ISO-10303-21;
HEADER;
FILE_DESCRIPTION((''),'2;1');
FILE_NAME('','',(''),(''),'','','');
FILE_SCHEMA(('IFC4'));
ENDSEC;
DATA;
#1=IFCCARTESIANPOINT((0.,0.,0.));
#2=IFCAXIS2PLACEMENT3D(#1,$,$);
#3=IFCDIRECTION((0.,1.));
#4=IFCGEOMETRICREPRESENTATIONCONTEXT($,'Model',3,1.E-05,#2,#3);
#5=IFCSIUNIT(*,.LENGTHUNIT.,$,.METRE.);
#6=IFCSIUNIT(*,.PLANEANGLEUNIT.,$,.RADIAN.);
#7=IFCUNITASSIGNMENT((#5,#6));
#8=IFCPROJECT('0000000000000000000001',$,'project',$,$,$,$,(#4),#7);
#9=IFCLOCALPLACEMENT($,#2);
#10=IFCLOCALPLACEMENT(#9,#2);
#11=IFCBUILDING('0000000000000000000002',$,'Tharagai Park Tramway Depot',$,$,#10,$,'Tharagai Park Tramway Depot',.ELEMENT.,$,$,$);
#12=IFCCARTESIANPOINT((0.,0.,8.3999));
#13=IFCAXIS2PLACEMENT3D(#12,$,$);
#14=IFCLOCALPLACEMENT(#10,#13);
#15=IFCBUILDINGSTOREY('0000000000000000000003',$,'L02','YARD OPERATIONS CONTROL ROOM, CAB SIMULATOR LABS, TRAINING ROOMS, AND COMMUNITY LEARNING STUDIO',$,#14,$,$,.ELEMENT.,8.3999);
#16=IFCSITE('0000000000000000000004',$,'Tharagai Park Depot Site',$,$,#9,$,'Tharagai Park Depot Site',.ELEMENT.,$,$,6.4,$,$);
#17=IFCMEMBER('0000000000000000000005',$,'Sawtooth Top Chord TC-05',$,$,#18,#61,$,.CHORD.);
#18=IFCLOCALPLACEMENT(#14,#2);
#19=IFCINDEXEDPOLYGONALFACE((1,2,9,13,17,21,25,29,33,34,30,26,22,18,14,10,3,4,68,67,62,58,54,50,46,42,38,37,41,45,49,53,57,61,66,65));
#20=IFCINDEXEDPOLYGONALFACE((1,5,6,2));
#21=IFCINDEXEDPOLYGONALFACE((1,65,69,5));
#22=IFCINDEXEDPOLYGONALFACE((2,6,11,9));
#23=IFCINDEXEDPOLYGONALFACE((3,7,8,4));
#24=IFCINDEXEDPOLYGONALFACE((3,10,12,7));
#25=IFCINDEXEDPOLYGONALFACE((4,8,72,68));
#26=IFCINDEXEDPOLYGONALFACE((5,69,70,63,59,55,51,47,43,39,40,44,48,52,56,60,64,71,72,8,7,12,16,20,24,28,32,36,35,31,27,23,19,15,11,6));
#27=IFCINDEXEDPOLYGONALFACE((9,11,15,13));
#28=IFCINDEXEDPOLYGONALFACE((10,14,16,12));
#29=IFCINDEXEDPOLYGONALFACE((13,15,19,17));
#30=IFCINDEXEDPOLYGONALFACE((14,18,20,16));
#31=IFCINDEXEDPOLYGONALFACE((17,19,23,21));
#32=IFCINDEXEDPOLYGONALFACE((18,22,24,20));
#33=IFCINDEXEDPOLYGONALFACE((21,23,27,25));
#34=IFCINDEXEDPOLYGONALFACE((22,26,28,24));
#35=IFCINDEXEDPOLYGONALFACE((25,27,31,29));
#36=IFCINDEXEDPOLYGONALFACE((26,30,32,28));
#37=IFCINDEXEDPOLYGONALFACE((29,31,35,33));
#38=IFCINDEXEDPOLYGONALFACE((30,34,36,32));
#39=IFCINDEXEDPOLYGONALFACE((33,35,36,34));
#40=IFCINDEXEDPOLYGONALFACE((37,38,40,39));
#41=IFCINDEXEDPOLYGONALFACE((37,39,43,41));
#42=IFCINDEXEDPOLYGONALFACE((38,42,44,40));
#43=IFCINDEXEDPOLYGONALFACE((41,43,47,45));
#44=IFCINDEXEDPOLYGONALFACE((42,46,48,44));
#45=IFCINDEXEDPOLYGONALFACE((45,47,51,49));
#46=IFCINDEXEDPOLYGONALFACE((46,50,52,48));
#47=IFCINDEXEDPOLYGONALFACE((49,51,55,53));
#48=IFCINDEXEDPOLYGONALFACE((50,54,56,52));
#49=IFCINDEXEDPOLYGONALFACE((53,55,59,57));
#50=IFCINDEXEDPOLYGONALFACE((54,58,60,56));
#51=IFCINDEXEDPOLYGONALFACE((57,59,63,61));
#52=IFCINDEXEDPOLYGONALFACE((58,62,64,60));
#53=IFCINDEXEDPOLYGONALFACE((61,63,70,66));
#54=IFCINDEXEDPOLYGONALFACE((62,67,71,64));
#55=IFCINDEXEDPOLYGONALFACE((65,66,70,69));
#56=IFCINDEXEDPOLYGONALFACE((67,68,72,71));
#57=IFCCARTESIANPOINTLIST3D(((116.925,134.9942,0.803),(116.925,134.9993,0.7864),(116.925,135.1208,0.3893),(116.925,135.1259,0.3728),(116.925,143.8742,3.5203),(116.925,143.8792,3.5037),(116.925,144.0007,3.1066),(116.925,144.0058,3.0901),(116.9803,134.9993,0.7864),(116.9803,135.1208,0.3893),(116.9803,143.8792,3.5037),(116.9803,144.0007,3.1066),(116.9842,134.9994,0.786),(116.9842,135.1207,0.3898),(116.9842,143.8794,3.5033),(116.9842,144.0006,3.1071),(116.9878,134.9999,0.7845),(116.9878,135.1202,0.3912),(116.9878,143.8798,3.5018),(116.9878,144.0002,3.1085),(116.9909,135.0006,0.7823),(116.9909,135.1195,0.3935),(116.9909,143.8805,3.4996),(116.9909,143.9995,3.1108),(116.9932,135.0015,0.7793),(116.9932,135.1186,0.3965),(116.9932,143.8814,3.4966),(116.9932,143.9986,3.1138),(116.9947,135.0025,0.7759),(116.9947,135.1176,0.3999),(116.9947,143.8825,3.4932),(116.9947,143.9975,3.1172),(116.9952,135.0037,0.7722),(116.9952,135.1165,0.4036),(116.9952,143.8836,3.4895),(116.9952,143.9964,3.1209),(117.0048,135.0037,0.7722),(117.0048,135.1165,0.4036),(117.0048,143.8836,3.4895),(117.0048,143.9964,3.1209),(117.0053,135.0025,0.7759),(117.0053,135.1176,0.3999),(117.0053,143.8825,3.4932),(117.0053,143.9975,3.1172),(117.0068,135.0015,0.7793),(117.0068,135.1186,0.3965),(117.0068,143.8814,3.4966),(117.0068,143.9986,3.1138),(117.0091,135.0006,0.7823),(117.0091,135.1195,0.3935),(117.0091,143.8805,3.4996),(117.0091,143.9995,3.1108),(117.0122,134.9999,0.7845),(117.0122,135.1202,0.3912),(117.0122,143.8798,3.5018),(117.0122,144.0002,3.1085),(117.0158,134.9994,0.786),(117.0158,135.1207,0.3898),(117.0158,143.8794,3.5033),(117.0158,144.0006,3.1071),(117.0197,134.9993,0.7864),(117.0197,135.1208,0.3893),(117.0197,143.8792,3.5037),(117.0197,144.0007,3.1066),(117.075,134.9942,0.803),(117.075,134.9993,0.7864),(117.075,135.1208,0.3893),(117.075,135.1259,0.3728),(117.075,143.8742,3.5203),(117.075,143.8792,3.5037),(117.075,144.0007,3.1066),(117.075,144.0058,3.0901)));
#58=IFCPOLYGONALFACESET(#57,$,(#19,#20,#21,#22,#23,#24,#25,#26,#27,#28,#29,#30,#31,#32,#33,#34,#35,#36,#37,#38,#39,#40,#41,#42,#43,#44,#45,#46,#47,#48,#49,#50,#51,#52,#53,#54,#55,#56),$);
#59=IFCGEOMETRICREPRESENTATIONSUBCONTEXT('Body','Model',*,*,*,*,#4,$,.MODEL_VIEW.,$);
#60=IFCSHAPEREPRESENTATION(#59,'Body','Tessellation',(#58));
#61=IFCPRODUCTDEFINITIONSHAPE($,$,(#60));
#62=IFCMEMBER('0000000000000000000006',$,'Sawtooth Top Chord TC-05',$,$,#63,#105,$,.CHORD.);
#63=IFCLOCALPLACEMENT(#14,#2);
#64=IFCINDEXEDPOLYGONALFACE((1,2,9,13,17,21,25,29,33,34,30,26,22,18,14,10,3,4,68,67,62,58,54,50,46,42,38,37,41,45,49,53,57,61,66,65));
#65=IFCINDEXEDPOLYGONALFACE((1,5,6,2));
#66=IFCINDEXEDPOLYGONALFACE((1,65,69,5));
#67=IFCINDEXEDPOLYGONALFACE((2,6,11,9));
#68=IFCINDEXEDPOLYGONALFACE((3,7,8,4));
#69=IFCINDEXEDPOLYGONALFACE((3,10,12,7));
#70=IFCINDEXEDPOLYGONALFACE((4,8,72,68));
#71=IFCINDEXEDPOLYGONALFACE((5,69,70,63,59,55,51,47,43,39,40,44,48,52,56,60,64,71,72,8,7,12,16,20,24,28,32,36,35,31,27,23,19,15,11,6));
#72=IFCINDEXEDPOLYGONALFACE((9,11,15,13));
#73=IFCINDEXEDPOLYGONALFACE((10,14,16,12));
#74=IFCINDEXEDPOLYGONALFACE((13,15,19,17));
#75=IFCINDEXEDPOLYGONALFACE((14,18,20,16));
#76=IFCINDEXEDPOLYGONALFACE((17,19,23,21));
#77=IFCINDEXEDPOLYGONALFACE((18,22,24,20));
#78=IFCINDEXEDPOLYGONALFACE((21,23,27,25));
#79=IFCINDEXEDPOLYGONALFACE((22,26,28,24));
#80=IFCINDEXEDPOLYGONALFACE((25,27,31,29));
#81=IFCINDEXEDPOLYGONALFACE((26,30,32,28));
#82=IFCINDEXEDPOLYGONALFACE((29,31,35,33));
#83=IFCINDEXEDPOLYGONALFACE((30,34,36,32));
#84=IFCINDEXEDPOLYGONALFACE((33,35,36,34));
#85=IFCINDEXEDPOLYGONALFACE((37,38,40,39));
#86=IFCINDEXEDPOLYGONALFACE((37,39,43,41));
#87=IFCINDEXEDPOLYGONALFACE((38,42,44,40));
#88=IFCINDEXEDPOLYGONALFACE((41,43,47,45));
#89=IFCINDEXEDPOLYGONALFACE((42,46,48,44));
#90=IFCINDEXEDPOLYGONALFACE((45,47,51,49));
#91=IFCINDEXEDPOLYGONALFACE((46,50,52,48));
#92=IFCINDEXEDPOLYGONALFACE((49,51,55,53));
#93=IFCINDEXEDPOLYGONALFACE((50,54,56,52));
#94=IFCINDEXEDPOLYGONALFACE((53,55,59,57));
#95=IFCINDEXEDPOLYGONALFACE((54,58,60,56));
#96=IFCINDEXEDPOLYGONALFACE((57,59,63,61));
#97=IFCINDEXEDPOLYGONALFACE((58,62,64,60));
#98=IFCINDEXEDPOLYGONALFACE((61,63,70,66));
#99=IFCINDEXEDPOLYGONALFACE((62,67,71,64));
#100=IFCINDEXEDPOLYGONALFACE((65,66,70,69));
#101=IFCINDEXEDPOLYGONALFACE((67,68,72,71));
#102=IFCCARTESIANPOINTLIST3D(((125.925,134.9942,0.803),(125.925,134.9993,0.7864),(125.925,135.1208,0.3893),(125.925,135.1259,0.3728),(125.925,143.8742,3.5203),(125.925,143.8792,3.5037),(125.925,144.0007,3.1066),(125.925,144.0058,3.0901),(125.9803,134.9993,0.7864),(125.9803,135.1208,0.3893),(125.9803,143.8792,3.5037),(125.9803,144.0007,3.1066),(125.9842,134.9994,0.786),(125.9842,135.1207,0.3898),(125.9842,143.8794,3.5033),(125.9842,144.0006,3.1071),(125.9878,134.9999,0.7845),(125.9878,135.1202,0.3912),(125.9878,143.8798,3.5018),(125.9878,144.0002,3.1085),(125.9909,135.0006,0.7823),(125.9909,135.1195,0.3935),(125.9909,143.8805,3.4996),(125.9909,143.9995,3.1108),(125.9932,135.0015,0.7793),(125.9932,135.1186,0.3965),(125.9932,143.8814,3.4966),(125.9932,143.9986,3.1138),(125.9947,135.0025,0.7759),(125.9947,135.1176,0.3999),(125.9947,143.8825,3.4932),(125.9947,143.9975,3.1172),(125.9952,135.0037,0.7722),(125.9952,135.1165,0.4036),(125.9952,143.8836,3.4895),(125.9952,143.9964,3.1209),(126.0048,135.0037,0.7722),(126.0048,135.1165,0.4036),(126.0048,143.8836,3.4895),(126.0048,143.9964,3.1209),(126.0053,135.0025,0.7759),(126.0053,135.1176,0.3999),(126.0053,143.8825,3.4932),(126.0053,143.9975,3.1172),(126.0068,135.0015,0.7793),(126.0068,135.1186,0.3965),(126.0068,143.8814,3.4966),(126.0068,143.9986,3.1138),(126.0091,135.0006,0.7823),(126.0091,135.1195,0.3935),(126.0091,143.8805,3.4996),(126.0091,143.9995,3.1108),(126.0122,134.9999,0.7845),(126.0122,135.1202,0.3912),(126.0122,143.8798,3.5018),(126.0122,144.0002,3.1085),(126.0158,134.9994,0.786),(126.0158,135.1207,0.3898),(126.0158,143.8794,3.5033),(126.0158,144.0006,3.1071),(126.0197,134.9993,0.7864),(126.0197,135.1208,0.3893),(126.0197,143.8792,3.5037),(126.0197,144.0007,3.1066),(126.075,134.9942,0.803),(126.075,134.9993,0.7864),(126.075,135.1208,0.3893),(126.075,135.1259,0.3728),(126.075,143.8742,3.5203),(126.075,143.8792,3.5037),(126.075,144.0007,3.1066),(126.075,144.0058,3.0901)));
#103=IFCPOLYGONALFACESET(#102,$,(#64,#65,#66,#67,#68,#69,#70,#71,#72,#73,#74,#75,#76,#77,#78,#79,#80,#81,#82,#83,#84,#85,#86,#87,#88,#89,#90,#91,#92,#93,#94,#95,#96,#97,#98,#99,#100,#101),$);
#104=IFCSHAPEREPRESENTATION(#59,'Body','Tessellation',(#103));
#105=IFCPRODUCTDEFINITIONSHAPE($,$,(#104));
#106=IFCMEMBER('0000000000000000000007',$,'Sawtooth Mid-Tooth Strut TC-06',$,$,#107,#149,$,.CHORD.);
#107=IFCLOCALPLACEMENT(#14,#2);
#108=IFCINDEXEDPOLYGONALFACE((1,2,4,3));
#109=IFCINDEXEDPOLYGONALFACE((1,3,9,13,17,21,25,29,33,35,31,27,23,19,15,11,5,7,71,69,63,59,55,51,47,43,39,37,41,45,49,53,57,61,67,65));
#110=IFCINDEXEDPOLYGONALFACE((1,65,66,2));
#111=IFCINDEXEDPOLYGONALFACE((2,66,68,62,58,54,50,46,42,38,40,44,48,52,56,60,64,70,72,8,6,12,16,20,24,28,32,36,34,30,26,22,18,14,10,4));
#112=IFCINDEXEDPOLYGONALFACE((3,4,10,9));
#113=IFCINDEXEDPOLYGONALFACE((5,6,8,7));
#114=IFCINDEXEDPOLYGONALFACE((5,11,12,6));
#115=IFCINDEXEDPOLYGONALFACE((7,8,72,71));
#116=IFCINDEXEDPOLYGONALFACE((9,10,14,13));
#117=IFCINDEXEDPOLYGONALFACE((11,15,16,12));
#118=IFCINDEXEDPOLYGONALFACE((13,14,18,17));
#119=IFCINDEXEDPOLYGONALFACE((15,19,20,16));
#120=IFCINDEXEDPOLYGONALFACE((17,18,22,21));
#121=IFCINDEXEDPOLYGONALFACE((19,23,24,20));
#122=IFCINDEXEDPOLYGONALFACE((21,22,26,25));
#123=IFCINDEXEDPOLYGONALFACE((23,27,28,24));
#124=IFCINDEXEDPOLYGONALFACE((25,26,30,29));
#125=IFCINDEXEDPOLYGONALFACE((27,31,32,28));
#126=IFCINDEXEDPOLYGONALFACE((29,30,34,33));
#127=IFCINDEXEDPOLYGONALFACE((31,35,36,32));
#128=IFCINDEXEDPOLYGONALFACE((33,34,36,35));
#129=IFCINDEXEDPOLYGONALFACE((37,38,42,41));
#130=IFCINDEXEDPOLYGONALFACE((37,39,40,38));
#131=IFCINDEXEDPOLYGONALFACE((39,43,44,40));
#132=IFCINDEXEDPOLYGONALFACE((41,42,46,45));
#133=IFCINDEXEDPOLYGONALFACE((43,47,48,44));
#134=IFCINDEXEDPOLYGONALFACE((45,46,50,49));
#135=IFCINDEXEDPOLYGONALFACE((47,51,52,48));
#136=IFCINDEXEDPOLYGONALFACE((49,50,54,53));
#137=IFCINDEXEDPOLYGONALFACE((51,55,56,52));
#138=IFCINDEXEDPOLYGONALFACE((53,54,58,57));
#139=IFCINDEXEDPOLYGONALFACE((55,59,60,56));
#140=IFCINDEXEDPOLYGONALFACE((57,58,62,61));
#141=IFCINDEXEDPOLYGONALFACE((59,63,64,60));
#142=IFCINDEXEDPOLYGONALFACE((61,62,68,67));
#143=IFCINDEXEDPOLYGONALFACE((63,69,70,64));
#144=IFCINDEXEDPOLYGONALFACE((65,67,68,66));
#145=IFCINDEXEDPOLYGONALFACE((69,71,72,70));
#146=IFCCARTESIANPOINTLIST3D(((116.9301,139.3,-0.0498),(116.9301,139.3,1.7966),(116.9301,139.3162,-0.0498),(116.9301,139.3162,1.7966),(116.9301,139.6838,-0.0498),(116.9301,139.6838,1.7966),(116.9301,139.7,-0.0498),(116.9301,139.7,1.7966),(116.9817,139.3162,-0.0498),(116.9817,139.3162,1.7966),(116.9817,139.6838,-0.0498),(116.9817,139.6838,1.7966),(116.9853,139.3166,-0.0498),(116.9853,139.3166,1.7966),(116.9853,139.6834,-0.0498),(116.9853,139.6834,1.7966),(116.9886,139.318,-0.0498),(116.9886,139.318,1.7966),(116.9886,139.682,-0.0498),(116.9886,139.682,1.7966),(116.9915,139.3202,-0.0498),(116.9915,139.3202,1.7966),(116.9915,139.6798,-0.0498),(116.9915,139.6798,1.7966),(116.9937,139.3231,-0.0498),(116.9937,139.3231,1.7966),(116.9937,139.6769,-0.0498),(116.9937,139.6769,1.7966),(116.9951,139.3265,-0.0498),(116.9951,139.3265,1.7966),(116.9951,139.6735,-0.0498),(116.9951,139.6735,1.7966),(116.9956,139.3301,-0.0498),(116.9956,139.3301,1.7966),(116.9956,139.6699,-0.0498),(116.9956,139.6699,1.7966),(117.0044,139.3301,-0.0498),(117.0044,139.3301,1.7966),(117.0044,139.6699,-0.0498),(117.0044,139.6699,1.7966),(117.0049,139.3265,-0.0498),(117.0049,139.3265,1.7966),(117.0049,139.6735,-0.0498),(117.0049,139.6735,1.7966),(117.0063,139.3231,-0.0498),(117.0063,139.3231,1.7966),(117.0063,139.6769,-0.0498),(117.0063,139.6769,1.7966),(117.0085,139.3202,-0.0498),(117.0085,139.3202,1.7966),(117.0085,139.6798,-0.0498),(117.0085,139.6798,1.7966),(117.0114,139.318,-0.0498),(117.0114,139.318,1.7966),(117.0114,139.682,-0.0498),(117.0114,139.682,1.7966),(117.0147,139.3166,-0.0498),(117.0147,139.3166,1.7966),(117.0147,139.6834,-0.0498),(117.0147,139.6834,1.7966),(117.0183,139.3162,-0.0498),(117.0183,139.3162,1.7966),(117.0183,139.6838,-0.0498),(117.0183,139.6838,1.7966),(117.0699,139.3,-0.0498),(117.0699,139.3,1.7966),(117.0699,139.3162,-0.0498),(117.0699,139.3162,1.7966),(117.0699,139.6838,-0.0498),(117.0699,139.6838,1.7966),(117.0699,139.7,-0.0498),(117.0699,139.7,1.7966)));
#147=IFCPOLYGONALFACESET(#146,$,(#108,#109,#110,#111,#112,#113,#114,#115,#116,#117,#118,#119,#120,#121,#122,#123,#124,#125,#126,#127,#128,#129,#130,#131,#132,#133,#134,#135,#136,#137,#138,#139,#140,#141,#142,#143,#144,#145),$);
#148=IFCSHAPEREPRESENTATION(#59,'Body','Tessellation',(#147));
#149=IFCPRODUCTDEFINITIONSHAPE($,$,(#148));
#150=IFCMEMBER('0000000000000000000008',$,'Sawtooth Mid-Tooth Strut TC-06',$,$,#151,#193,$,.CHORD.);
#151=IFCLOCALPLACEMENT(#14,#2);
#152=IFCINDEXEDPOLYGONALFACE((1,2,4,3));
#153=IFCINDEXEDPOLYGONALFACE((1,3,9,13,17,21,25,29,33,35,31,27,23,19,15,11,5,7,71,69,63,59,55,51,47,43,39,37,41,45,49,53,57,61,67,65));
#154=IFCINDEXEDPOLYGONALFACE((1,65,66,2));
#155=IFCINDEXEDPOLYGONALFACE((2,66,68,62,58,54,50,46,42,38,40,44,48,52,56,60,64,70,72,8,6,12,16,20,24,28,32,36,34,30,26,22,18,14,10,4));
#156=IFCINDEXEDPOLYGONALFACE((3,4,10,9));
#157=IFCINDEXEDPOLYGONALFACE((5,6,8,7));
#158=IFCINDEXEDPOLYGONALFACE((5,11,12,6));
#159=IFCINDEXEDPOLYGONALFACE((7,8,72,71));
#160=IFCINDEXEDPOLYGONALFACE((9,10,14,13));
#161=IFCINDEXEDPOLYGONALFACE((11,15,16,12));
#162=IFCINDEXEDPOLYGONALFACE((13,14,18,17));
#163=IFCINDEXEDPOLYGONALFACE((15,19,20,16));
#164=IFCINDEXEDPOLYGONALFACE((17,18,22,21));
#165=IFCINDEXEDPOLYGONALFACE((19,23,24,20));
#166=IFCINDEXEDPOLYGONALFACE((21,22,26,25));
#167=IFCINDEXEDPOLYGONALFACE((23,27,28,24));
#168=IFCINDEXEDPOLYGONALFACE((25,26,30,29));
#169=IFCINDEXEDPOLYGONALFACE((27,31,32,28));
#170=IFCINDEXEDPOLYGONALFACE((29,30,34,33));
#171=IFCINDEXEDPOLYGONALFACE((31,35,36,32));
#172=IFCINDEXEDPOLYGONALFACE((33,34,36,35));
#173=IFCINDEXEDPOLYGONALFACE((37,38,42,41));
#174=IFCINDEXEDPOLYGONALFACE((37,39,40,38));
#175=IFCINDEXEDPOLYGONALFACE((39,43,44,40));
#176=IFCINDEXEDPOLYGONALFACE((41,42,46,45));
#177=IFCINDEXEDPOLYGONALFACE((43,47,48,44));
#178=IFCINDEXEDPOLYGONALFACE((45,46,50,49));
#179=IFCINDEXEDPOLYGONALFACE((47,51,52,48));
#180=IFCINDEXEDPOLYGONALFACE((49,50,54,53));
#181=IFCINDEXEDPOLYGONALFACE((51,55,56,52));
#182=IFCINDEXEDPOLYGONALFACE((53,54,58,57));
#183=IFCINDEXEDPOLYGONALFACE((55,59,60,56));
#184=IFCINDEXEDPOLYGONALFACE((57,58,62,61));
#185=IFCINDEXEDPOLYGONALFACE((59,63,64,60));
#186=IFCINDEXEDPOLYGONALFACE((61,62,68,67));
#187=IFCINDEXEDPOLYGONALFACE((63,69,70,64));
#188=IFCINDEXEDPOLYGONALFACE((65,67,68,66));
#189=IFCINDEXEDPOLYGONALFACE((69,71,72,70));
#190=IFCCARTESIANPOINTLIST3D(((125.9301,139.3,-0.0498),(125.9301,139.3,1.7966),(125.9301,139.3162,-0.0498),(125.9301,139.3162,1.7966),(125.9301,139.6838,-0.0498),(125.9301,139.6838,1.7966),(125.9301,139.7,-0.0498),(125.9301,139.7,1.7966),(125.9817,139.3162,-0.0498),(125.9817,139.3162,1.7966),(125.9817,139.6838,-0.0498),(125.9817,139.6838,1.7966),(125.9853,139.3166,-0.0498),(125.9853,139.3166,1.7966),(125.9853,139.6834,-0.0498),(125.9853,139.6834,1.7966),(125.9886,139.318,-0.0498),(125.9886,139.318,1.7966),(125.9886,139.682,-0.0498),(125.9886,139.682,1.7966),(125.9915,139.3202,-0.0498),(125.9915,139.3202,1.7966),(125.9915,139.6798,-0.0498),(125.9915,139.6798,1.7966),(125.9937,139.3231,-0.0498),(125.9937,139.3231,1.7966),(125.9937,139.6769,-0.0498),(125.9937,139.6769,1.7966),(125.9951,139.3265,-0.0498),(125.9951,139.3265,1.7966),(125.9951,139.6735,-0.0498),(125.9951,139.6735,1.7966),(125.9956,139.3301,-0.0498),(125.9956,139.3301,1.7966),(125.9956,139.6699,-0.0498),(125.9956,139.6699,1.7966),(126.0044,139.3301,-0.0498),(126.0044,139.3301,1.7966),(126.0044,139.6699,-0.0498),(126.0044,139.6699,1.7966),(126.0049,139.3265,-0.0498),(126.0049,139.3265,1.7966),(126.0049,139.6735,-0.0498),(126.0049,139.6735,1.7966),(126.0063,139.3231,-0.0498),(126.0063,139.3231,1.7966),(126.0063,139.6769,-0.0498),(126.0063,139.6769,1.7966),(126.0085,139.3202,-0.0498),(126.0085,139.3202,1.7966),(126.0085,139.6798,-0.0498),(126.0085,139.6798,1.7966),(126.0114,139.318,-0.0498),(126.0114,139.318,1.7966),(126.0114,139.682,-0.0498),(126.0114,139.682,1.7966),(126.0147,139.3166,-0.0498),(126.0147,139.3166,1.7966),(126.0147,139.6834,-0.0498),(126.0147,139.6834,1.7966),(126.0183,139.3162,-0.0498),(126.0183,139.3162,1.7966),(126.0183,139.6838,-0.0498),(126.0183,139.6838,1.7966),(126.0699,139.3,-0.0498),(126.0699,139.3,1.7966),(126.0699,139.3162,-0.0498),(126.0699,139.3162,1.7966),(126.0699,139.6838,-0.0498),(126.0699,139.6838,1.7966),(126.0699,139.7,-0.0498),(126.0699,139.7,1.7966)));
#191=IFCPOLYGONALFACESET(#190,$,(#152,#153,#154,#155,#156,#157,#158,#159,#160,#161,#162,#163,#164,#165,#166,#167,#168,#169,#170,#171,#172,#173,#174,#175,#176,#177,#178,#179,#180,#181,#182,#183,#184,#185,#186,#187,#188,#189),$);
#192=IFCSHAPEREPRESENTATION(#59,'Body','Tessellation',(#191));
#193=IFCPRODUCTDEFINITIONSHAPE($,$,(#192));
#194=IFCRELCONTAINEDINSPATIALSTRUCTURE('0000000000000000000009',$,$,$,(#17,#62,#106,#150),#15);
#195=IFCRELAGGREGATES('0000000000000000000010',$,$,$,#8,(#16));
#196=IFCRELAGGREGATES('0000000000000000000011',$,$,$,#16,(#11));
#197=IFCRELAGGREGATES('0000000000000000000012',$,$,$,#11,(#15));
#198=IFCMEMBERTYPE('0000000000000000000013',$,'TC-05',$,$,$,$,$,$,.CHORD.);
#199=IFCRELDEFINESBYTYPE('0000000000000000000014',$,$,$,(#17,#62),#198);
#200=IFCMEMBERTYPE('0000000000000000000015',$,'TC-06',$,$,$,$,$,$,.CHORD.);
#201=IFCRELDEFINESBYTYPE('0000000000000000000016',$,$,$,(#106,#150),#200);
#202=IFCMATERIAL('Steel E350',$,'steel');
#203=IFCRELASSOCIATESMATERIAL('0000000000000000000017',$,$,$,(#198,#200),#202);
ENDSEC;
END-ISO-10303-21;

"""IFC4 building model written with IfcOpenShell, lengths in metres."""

from ifc_helpers import new_model, si_unit, direction, frame, origin, origin_2d, place, context, subcontext, project, spatial, i_section, extrude, material, material_profile, profile_set, type_object, element, save


model = new_model("IFC4")

# Units and contexts
model_context = context("Model", 3, precision=1e-05, world=origin(), true_north=direction((0.0, 1.0)))
body_context = subcontext(model_context, "Body", "Model", "MODEL_VIEW")
ifc_project = project(units=[si_unit("LENGTHUNIT", "METRE"), si_unit("PLANEANGLEUNIT", "RADIAN")], contexts=[model_context])

# Site, building, storey
site_placement = place(None, origin())
site = spatial("IfcSite", under=ifc_project, at=site_placement, Name="Tharagai Park Depot Site", LongName="Tharagai Park Depot Site", CompositionType="ELEMENT", RefElevation=6.4)
building_placement = place(site_placement, origin())
building = spatial("IfcBuilding", under=site, at=building_placement, Name="Tharagai Park Tramway Depot", LongName="Tharagai Park Tramway Depot", CompositionType="ELEMENT")
storey_placement = place(building_placement, frame((0.0, 0.0, 8.3999)))
storey = spatial("IfcBuildingStorey", under=building, at=storey_placement, Name="L02", Description="YARD OPERATIONS CONTROL ROOM, CAB SIMULATOR LABS, TRAINING ROOMS, AND COMMUNITY LEARNING STUDIO", CompositionType="ELEMENT", Elevation=8.3999)

# Shared definitions
ifc_material_1 = material(Name="Steel E350", Category="steel")

# Members
ifc_material_profile_1 = material_profile(ifc_material_1, i_section(OverallWidth=0.1499, OverallDepth=0.45, WebThickness=0.0095, FlangeThickness=0.0173, FilletRadius=0.0149, at=origin_2d()), Name="ISMB 450")
ifc_profile_set_1 = profile_set([ifc_material_profile_1], Name="Steel E350")
member_type_1 = type_object("IfcMemberType", Name="TC-05", PredefinedType="CHORD", material=ifc_profile_set_1)
for number, where, z_axis, x_axis, name in (
    (1, (117.0, 135.0601, 0.5879), (0.0, 0.956231, 0.292611), (-1.0, 0.0, 0.0), "Sawtooth Top Chord TC-05"),
    (2, (126.0, 135.0601, 0.5879), (0.0, 0.956231, 0.292611), (-1.0, 0.0, 0.0), "Sawtooth Top Chord TC-05"),
):
    element("IfcMember", number, at=place(storey_placement, frame(where, z_axis=z_axis, x_axis=x_axis)), inside=storey, type_object=member_type_1, Name=name, PredefinedType="CHORD", context=body_context, shape_type="SweptSolid", body=[
        extrude(i_section(OverallWidth=0.1499, OverallDepth=0.45, WebThickness=0.0095, FlangeThickness=0.0173, FilletRadius=0.0149, at=origin_2d()), origin(), (0.0, 0.0, 1.0), 9.2864),
    ])
ifc_material_profile_2 = material_profile(ifc_material_1, i_section(OverallWidth=0.1399, OverallDepth=0.3999, WebThickness=0.0088, FlangeThickness=0.0161, FilletRadius=0.0139, at=origin_2d()), Name="ISMB 400")
ifc_profile_set_2 = profile_set([ifc_material_profile_2], Name="Steel E350")
member_type_2 = type_object("IfcMemberType", Name="TC-06", PredefinedType="CHORD", material=ifc_profile_set_2)
for number, where, z_axis, x_axis, name in (
    (3, (117.0, 139.5, -0.0498), (0.0, 0.0, 1.0), (1.0, 0.0, 0.0), "Sawtooth Mid-Tooth Strut TC-06"),
    (4, (126.0, 139.5, -0.0498), (0.0, 0.0, 1.0), (1.0, 0.0, 0.0), "Sawtooth Mid-Tooth Strut TC-06"),
):
    element("IfcMember", number, at=place(storey_placement, frame(where, z_axis=z_axis, x_axis=x_axis)), inside=storey, type_object=member_type_2, Name=name, PredefinedType="CHORD", context=body_context, shape_type="SweptSolid", body=[
        extrude(i_section(OverallWidth=0.1399, OverallDepth=0.3999, WebThickness=0.0088, FlangeThickness=0.0161, FilletRadius=0.0139, at=origin_2d()), origin(), (0.0, 0.0, 1.0), 1.8464),
    ])

save(model, "model.ifc")
